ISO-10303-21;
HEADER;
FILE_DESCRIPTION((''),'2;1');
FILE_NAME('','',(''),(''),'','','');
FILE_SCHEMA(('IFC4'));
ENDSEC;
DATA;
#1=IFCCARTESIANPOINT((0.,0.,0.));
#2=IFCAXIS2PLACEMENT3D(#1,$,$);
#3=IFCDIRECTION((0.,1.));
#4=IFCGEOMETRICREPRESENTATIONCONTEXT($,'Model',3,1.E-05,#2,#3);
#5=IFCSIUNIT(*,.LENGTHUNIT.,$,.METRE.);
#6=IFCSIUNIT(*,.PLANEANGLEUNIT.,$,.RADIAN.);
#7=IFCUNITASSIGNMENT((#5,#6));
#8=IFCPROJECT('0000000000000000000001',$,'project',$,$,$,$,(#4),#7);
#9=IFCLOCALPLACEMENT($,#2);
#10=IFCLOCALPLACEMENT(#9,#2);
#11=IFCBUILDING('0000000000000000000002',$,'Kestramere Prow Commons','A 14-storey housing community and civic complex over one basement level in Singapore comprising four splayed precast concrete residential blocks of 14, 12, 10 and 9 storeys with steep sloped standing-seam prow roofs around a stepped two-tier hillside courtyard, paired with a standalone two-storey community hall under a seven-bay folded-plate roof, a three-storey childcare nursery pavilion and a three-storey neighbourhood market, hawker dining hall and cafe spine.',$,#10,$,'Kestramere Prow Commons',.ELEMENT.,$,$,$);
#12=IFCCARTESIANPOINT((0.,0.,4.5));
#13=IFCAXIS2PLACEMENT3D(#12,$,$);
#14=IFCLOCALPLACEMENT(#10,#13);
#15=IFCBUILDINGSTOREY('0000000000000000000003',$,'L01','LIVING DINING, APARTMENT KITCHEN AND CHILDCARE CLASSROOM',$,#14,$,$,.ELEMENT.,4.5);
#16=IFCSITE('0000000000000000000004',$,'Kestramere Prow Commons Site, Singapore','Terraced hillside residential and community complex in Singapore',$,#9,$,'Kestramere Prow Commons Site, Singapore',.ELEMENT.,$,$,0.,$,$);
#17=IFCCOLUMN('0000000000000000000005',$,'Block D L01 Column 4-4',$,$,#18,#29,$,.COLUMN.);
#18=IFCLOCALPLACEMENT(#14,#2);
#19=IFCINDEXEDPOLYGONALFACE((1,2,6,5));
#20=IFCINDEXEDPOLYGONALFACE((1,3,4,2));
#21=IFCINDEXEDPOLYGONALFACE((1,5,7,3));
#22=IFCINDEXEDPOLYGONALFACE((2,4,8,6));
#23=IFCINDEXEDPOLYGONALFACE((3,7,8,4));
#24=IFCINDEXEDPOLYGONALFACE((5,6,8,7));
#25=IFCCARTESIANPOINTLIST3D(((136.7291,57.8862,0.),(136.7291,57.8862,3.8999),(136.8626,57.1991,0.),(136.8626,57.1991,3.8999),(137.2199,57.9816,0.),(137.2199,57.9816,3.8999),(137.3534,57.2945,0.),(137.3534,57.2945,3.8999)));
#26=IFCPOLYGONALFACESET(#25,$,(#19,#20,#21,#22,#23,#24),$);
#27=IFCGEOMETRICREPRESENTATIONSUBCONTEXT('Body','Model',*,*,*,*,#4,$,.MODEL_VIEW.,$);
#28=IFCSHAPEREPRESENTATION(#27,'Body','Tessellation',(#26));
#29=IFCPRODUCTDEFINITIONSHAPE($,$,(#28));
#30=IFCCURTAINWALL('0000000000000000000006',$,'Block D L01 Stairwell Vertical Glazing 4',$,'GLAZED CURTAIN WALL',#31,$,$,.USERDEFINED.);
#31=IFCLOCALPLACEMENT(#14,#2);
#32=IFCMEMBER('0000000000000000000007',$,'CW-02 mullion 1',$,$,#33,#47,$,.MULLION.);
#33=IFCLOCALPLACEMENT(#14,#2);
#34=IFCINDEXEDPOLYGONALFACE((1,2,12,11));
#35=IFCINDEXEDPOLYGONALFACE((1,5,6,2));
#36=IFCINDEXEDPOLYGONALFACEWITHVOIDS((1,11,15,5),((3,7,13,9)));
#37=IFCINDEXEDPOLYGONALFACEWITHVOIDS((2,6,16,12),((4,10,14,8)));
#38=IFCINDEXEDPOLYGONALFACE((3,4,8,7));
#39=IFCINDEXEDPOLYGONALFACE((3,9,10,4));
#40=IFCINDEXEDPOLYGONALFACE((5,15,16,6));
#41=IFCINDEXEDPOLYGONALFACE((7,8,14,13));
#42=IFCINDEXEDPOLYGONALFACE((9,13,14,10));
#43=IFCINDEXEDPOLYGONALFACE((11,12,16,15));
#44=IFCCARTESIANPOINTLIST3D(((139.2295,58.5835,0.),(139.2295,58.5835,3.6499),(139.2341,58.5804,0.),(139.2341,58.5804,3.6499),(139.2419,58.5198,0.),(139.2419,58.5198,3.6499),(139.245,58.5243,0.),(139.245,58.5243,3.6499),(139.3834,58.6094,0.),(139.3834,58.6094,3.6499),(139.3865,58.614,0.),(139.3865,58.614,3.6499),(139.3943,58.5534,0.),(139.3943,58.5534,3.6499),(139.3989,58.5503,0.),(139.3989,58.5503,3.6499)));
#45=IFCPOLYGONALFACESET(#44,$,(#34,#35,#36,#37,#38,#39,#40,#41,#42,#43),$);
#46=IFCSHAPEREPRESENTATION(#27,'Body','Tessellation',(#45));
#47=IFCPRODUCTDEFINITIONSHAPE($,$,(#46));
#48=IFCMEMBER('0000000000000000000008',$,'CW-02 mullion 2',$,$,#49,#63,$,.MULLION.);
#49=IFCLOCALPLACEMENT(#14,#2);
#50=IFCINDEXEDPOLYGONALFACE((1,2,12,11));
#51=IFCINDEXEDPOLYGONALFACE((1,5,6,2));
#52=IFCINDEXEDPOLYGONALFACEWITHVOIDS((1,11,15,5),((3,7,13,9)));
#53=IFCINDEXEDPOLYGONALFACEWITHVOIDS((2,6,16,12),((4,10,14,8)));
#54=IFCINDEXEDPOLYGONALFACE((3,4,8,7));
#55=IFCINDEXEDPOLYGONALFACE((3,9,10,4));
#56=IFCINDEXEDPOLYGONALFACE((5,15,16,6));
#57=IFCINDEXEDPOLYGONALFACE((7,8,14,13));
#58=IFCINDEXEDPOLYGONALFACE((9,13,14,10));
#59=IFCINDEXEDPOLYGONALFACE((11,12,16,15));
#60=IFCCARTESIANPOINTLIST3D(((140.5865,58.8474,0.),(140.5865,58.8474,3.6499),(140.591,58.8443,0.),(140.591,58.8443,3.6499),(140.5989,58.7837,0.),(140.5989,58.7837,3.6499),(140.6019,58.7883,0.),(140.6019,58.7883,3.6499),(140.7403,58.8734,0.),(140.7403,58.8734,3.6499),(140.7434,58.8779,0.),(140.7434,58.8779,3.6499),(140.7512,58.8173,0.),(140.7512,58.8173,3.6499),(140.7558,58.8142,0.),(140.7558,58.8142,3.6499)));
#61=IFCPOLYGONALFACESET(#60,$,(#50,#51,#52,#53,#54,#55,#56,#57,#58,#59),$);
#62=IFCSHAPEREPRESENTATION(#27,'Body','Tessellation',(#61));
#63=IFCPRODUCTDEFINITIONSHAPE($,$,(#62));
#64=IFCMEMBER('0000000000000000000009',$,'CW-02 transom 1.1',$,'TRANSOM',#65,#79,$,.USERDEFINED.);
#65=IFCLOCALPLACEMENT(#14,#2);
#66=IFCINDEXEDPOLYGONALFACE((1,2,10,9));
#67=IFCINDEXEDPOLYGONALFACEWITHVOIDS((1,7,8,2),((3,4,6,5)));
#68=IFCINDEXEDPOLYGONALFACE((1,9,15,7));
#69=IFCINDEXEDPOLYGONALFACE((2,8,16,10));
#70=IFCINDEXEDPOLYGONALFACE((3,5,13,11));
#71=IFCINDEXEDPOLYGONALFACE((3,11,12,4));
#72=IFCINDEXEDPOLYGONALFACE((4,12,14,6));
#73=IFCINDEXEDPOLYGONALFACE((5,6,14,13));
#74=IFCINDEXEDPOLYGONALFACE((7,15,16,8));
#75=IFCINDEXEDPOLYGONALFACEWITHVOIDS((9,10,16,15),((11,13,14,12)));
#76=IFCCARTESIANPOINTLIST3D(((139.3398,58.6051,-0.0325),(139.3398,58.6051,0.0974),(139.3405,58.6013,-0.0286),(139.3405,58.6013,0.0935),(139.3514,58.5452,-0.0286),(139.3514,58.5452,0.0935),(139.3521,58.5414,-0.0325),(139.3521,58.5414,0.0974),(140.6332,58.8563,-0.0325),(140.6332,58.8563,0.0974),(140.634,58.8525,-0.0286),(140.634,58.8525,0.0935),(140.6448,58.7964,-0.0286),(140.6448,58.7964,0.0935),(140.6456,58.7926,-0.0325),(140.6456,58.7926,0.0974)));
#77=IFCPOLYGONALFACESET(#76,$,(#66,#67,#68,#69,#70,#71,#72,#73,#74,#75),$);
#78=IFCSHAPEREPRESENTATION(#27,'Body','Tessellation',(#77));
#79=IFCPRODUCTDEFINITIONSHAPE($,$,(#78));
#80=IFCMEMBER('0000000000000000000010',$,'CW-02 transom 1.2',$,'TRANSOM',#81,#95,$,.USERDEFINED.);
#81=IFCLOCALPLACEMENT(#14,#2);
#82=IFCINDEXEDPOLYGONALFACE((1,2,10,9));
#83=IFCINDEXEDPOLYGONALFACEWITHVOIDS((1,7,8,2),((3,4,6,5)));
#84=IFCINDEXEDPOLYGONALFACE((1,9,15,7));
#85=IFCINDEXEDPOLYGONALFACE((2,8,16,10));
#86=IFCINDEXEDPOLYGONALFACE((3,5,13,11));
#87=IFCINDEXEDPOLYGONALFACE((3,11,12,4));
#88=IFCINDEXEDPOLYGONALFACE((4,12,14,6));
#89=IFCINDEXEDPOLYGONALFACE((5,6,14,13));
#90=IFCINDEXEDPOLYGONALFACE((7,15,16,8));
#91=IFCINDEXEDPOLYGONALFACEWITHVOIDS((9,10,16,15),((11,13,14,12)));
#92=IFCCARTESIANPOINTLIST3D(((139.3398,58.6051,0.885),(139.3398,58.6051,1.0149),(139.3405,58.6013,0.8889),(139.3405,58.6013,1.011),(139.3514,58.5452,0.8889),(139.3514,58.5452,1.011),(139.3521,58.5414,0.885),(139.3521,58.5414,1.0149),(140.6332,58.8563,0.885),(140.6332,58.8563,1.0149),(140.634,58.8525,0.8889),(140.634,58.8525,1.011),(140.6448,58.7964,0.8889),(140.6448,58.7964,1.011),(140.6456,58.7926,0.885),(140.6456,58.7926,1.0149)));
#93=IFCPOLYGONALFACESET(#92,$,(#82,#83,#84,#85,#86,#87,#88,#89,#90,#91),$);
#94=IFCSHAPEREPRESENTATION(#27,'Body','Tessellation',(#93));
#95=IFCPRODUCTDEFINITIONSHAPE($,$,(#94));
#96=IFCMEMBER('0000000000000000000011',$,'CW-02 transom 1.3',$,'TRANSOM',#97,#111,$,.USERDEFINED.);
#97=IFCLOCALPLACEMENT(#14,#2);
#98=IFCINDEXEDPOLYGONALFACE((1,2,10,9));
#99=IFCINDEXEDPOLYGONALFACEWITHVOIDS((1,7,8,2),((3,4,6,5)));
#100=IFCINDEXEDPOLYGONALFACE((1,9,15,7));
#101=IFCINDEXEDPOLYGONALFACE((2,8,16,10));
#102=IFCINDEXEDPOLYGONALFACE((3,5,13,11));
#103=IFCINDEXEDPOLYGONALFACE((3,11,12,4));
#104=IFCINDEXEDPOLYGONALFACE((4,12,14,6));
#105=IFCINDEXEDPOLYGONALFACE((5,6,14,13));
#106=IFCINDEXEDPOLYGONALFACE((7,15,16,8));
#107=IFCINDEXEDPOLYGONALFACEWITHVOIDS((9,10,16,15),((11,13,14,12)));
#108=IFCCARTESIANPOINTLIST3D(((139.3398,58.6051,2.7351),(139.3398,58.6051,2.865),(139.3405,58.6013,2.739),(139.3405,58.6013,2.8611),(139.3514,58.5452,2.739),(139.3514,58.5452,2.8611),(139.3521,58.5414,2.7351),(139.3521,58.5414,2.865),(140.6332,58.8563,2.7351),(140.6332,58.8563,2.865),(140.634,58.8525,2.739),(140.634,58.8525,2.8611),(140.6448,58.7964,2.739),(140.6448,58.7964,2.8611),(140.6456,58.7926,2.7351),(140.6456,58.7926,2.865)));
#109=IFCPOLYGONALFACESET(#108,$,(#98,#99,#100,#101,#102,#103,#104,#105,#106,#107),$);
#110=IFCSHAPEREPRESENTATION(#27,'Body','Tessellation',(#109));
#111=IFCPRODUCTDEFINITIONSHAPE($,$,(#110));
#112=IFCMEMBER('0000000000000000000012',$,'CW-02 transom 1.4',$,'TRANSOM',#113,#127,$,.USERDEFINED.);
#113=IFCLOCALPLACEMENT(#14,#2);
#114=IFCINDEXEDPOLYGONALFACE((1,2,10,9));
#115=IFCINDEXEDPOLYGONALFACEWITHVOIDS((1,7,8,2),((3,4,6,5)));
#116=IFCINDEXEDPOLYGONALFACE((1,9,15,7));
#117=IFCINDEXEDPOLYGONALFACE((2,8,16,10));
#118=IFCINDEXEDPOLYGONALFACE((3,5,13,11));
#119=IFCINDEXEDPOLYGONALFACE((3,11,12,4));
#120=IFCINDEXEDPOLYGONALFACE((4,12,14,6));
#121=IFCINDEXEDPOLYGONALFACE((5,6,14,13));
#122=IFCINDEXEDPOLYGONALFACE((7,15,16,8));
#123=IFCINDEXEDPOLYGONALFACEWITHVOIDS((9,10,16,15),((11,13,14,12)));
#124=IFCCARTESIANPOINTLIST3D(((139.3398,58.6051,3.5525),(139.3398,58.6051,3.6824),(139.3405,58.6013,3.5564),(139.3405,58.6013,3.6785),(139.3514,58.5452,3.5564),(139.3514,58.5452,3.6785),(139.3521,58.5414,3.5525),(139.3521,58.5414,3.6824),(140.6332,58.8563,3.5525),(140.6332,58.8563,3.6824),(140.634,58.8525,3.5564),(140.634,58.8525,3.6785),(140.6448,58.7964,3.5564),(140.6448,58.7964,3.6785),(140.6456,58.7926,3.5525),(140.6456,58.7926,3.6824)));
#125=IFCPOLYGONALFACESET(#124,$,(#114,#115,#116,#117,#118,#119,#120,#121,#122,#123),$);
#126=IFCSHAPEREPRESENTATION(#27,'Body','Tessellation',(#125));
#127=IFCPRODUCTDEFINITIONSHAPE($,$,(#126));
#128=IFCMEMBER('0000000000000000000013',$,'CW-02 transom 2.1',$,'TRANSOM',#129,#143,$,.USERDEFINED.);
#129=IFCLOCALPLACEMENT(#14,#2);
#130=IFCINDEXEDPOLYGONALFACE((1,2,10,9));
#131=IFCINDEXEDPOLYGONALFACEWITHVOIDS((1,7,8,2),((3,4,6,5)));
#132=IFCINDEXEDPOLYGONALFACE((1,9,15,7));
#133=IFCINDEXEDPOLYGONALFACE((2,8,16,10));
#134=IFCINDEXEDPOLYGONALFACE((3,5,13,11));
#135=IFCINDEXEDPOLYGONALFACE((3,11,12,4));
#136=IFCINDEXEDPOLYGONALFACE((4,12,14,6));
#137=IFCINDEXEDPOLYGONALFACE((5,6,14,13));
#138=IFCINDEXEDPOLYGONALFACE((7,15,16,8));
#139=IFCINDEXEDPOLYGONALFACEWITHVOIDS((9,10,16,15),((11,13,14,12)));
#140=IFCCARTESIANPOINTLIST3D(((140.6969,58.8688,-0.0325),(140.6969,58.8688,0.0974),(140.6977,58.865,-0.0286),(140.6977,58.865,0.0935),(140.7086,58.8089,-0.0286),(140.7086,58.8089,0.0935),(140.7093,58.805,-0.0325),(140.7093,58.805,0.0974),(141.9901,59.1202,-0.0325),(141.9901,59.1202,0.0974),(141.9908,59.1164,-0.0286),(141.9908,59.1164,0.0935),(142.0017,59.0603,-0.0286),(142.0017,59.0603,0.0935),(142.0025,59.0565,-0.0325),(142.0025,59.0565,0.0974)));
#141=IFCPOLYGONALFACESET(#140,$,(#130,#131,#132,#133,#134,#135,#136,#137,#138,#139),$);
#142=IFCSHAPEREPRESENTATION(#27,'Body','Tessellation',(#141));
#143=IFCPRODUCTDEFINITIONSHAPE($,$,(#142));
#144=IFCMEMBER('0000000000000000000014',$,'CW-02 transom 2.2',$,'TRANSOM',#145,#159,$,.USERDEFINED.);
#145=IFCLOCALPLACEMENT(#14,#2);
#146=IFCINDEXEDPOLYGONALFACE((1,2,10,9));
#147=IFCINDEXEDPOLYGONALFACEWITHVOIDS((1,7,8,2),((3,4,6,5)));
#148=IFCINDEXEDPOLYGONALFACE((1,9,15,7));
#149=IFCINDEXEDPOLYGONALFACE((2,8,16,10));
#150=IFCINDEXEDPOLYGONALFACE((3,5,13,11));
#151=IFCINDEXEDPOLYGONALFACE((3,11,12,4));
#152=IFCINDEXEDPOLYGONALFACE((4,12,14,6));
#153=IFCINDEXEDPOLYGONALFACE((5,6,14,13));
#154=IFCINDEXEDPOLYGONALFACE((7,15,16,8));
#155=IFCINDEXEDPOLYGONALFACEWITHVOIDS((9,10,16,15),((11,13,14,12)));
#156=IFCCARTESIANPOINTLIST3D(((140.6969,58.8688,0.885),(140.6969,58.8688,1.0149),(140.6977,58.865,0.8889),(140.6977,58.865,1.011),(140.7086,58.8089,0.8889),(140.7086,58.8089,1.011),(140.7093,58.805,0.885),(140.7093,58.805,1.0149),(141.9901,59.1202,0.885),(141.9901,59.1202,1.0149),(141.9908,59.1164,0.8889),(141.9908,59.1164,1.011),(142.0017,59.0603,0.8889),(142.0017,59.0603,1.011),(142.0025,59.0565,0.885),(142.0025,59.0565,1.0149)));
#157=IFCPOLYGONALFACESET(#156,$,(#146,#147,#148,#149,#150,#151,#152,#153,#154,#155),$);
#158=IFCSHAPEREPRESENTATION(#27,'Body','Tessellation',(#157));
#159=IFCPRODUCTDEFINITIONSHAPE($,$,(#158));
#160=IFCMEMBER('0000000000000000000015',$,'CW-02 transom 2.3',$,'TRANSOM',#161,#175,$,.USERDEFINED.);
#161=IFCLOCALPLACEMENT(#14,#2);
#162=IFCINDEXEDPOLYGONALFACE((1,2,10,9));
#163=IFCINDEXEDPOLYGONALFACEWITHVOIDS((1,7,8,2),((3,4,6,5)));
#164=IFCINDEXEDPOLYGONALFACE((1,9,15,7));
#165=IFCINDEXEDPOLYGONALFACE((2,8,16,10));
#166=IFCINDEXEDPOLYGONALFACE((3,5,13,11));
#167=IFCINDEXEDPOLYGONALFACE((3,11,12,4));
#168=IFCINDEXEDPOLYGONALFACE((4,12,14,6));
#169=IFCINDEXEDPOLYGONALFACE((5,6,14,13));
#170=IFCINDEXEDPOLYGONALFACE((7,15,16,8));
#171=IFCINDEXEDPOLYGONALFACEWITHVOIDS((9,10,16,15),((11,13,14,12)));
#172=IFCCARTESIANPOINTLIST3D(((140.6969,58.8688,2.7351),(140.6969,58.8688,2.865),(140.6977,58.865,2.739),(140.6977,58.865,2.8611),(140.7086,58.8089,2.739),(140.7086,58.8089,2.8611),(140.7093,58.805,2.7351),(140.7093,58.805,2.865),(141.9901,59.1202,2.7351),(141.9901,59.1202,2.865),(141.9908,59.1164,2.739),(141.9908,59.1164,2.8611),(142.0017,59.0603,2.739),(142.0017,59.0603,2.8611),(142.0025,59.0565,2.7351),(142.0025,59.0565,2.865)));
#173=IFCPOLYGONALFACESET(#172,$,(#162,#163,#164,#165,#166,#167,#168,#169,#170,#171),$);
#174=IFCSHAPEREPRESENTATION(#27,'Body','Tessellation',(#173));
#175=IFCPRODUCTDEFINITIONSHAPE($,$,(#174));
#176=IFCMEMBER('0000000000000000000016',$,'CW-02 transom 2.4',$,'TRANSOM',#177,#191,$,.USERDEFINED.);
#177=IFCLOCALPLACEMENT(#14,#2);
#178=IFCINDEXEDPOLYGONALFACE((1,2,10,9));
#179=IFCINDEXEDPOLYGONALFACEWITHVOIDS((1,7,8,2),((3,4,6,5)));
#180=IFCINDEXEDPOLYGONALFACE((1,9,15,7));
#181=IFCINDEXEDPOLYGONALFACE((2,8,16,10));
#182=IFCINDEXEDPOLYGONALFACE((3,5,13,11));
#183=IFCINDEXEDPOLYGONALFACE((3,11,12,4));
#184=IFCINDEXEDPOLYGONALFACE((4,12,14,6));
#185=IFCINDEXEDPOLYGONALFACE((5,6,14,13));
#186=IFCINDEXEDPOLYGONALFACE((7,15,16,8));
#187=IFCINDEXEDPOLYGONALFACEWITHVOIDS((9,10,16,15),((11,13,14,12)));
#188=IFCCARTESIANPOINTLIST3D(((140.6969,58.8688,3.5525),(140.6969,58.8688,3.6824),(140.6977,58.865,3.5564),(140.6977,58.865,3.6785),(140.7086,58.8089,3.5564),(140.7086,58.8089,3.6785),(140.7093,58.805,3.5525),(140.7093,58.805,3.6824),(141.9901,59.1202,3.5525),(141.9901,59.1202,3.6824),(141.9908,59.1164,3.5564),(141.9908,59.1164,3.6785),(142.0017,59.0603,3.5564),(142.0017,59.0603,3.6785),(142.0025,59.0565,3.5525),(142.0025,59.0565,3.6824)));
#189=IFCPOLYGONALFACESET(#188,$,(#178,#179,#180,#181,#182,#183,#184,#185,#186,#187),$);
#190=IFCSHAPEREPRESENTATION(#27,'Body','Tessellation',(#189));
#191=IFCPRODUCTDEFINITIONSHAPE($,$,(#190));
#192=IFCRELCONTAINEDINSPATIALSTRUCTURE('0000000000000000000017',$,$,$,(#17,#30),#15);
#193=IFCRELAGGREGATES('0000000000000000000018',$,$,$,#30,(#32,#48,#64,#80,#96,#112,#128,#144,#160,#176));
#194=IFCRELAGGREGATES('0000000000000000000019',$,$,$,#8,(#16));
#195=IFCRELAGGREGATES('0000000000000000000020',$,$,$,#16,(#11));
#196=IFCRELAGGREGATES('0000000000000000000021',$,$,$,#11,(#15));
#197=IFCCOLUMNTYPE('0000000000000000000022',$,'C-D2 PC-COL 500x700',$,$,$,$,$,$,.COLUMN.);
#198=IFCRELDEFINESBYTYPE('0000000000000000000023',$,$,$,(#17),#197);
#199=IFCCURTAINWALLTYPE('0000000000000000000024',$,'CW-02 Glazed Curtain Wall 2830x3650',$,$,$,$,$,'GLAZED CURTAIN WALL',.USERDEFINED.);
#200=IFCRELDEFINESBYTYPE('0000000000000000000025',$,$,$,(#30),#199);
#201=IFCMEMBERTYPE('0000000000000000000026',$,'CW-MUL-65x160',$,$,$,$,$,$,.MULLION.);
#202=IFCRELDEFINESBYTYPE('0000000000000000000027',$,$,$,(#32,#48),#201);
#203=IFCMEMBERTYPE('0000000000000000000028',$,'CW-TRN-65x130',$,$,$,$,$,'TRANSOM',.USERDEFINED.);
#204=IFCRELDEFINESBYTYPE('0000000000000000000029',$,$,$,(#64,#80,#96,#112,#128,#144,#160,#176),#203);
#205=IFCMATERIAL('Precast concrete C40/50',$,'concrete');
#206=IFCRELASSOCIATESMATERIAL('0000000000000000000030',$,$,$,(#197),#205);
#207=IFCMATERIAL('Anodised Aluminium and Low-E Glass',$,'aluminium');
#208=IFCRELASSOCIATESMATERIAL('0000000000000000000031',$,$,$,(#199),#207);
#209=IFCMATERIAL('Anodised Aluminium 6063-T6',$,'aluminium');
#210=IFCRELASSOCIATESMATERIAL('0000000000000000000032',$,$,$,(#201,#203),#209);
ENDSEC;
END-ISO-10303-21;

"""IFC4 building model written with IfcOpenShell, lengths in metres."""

from ifc_helpers import new_model, si_unit, direction, frame, origin, origin_2d, place, context, subcontext, project, spatial, rectangle, hollow_rectangle, extrude, material, material_profile, profile_set, type_object, element, aggregate, save


model = new_model("IFC4")

# Units and contexts
model_context = context("Model", 3, precision=1e-05, world=origin(), true_north=direction((0.0, 1.0)))
body_context = subcontext(model_context, "Body", "Model", "MODEL_VIEW")
ifc_project = project(units=[si_unit("LENGTHUNIT", "METRE"), si_unit("PLANEANGLEUNIT", "RADIAN")], contexts=[model_context])

# Site, building, storey
site_placement = place(None, origin())
site = spatial("IfcSite", under=ifc_project, at=site_placement, Name="Kestramere Prow Commons Site, Singapore", Description="Terraced hillside residential and community complex in Singapore", LongName="Kestramere Prow Commons Site, Singapore", CompositionType="ELEMENT", RefElevation=0.0)
building_placement = place(site_placement, origin())
building = spatial("IfcBuilding", under=site, at=building_placement, Name="Kestramere Prow Commons", Description="A 14-storey housing community and civic complex over one basement level in Singapore comprising four splayed precast concrete residential blocks of 14, 12, 10 and 9 storeys with steep sloped standing-seam prow roofs around a stepped two-tier hillside courtyard, paired with a standalone two-storey community hall under a seven-bay folded-plate roof, a three-storey childcare nursery pavilion and a three-storey neighbourhood market, hawker dining hall and cafe spine.", LongName="Kestramere Prow Commons", CompositionType="ELEMENT")
storey_placement = place(building_placement, frame((0.0, 0.0, 4.5)))
storey = spatial("IfcBuildingStorey", under=building, at=storey_placement, Name="L01", Description="LIVING DINING, APARTMENT KITCHEN AND CHILDCARE CLASSROOM", CompositionType="ELEMENT", Elevation=4.5)

# Column
ifc_material_1 = material(Name="Precast concrete C40/50", Category="concrete")
ifc_material_profile_1 = material_profile(ifc_material_1, rectangle(XDim=0.5, YDim=0.7, at=origin_2d()), Name="PC-COL 500x700")
ifc_profile_set_1 = profile_set([ifc_material_profile_1], Name="Precast concrete C40/50")
column_type = type_object("IfcColumnType", Name="C-D2 PC-COL 500x700", PredefinedType="COLUMN", material=ifc_profile_set_1)
column_placement = place(storey_placement, frame((137.0413, 57.5903, 0.0), z_axis=(0.0, 0.0, 1.0), x_axis=(0.981627, 0.190809, 0.0)))
element("IfcColumn", 1, at=column_placement, inside=storey, type_object=column_type, Name="Block D L01 Column 4-4", PredefinedType="COLUMN", context=body_context, shape_type="SweptSolid", body=[
    extrude(rectangle(XDim=0.5, YDim=0.7, at=origin_2d()), origin(), (0.0, 0.0, 1.0), 3.8999),
])

# Curtain wall, members
ifc_material_2 = material(Name="Anodised Aluminium and Low-E Glass", Category="aluminium")
curtain_wall_type = type_object("IfcCurtainWallType", Name="CW-02 Glazed Curtain Wall 2830x3650", ElementType="GLAZED CURTAIN WALL", PredefinedType="USERDEFINED", material=ifc_material_2)
curtain_wall_placement = place(storey_placement, origin())
curtain_wall = element("IfcCurtainWall", 2, at=curtain_wall_placement, inside=storey, type_object=curtain_wall_type, Name="Block D L01 Stairwell Vertical Glazing 4", ObjectType="GLAZED CURTAIN WALL", PredefinedType="USERDEFINED")
ifc_material_3 = material(Name="Anodised Aluminium 6063-T6", Category="aluminium")
ifc_material_profile_2 = material_profile(ifc_material_3, hollow_rectangle(XDim=0.0649, YDim=0.1599, WallThickness=0.0039, at=origin_2d()), Name="ALU-MUL 65x160")
ifc_profile_set_2 = profile_set([ifc_material_profile_2], Name="Anodised Aluminium 6063-T6")
member_type_1 = type_object("IfcMemberType", Name="CW-MUL-65x160", PredefinedType="MULLION", material=ifc_profile_set_2)
member_1_placement = place(storey_placement, frame((139.3142, 58.5669, 0.0), z_axis=(0.0, 0.0, 1.0), x_axis=(-0.190809, 0.981627, 0.0)))
member_1 = element("IfcMember", 3, at=member_1_placement, type_object=member_type_1, Name="CW-02 mullion 1", PredefinedType="MULLION", context=body_context, shape_type="SweptSolid", body=[
    extrude(hollow_rectangle(XDim=0.0649, YDim=0.1599, WallThickness=0.0039, at=origin_2d()), origin(), (0.0, 0.0, 1.0), 3.6499),
])
member_2_placement = place(storey_placement, frame((140.6711, 58.8308, 0.0), z_axis=(0.0, 0.0, 1.0), x_axis=(-0.190809, 0.981627, 0.0)))
member_2 = element("IfcMember", 4, at=member_2_placement, type_object=member_type_1, Name="CW-02 mullion 2", PredefinedType="MULLION", context=body_context, shape_type="SweptSolid", body=[
    extrude(hollow_rectangle(XDim=0.0649, YDim=0.1599, WallThickness=0.0039, at=origin_2d()), origin(), (0.0, 0.0, 1.0), 3.6499),
])
ifc_material_profile_3 = material_profile(ifc_material_3, hollow_rectangle(XDim=0.0649, YDim=0.1299, WallThickness=0.0039, at=origin_2d()), Name="ALU-TRN 65x130")
ifc_profile_set_3 = profile_set([ifc_material_profile_3], Name="Anodised Aluminium 6063-T6")
member_type_2 = type_object("IfcMemberType", Name="CW-TRN-65x130", ElementType="TRANSOM", PredefinedType="USERDEFINED", material=ifc_profile_set_3)
member_3_placement = place(storey_placement, frame((139.3459, 58.5732, 0.0325), z_axis=(0.981656, 0.190661, 0.0), x_axis=(-0.190661, 0.981656, 0.0)))
member_3 = element("IfcMember", 5, at=member_3_placement, type_object=member_type_2, Name="CW-02 transom 1.1", ObjectType="TRANSOM", PredefinedType="USERDEFINED", context=body_context, shape_type="SweptSolid", body=[
    extrude(hollow_rectangle(XDim=0.0649, YDim=0.1299, WallThickness=0.0039, at=origin_2d()), origin(), (0.0, 0.0, 1.0), 1.3176),
])
member_4_placement = place(storey_placement, frame((139.3459, 58.5732, 0.95), z_axis=(0.981656, 0.190661, 0.0), x_axis=(-0.190661, 0.981656, 0.0)))
member_4 = element("IfcMember", 6, at=member_4_placement, type_object=member_type_2, Name="CW-02 transom 1.2", ObjectType="TRANSOM", PredefinedType="USERDEFINED", context=body_context, shape_type="SweptSolid", body=[
    extrude(hollow_rectangle(XDim=0.0649, YDim=0.1299, WallThickness=0.0039, at=origin_2d()), origin(), (0.0, 0.0, 1.0), 1.3176),
])
member_5_placement = place(storey_placement, frame((139.3459, 58.5732, 2.8), z_axis=(0.981656, 0.190661, 0.0), x_axis=(-0.190661, 0.981656, 0.0)))
member_5 = element("IfcMember", 7, at=member_5_placement, type_object=member_type_2, Name="CW-02 transom 1.3", ObjectType="TRANSOM", PredefinedType="USERDEFINED", context=body_context, shape_type="SweptSolid", body=[
    extrude(hollow_rectangle(XDim=0.0649, YDim=0.1299, WallThickness=0.0039, at=origin_2d()), origin(), (0.0, 0.0, 1.0), 1.3176),
])
member_6_placement = place(storey_placement, frame((139.3459, 58.5732, 3.6174), z_axis=(0.981656, 0.190661, 0.0), x_axis=(-0.190661, 0.981656, 0.0)))
member_6 = element("IfcMember", 8, at=member_6_placement, type_object=member_type_2, Name="CW-02 transom 1.4", ObjectType="TRANSOM", PredefinedType="USERDEFINED", context=body_context, shape_type="SweptSolid", body=[
    extrude(hollow_rectangle(XDim=0.0649, YDim=0.1299, WallThickness=0.0039, at=origin_2d()), origin(), (0.0, 0.0, 1.0), 1.3176),
])
member_7_placement = place(storey_placement, frame((140.7031, 58.8369, 0.0325), z_axis=(0.981614, 0.190875, 0.0), x_axis=(-0.190875, 0.981614, 0.0)))
member_7 = element("IfcMember", 9, at=member_7_placement, type_object=member_type_2, Name="CW-02 transom 2.1", ObjectType="TRANSOM", PredefinedType="USERDEFINED", context=body_context, shape_type="SweptSolid", body=[
    extrude(hollow_rectangle(XDim=0.0649, YDim=0.1299, WallThickness=0.0039, at=origin_2d()), origin(), (0.0, 0.0, 1.0), 1.3174),
])
member_8_placement = place(storey_placement, frame((140.7031, 58.8369, 0.95), z_axis=(0.981614, 0.190875, 0.0), x_axis=(-0.190875, 0.981614, 0.0)))
member_8 = element("IfcMember", 10, at=member_8_placement, type_object=member_type_2, Name="CW-02 transom 2.2", ObjectType="TRANSOM", PredefinedType="USERDEFINED", context=body_context, shape_type="SweptSolid", body=[
    extrude(hollow_rectangle(XDim=0.0649, YDim=0.1299, WallThickness=0.0039, at=origin_2d()), origin(), (0.0, 0.0, 1.0), 1.3174),
])
member_9_placement = place(storey_placement, frame((140.7031, 58.8369, 2.8), z_axis=(0.981614, 0.190875, 0.0), x_axis=(-0.190875, 0.981614, 0.0)))
member_9 = element("IfcMember", 11, at=member_9_placement, type_object=member_type_2, Name="CW-02 transom 2.3", ObjectType="TRANSOM", PredefinedType="USERDEFINED", context=body_context, shape_type="SweptSolid", body=[
    extrude(hollow_rectangle(XDim=0.0649, YDim=0.1299, WallThickness=0.0039, at=origin_2d()), origin(), (0.0, 0.0, 1.0), 1.3174),
])
member_10_placement = place(storey_placement, frame((140.7031, 58.8369, 3.6174), z_axis=(0.981614, 0.190875, 0.0), x_axis=(-0.190875, 0.981614, 0.0)))
member_10 = element("IfcMember", 12, at=member_10_placement, type_object=member_type_2, Name="CW-02 transom 2.4", ObjectType="TRANSOM", PredefinedType="USERDEFINED", context=body_context, shape_type="SweptSolid", body=[
    extrude(hollow_rectangle(XDim=0.0649, YDim=0.1299, WallThickness=0.0039, at=origin_2d()), origin(), (0.0, 0.0, 1.0), 1.3174),
])

aggregate(curtain_wall, [member_1, member_2, member_3, member_4, member_5, member_6, member_7, member_8, member_9, member_10])

save(model, "model.ifc")
